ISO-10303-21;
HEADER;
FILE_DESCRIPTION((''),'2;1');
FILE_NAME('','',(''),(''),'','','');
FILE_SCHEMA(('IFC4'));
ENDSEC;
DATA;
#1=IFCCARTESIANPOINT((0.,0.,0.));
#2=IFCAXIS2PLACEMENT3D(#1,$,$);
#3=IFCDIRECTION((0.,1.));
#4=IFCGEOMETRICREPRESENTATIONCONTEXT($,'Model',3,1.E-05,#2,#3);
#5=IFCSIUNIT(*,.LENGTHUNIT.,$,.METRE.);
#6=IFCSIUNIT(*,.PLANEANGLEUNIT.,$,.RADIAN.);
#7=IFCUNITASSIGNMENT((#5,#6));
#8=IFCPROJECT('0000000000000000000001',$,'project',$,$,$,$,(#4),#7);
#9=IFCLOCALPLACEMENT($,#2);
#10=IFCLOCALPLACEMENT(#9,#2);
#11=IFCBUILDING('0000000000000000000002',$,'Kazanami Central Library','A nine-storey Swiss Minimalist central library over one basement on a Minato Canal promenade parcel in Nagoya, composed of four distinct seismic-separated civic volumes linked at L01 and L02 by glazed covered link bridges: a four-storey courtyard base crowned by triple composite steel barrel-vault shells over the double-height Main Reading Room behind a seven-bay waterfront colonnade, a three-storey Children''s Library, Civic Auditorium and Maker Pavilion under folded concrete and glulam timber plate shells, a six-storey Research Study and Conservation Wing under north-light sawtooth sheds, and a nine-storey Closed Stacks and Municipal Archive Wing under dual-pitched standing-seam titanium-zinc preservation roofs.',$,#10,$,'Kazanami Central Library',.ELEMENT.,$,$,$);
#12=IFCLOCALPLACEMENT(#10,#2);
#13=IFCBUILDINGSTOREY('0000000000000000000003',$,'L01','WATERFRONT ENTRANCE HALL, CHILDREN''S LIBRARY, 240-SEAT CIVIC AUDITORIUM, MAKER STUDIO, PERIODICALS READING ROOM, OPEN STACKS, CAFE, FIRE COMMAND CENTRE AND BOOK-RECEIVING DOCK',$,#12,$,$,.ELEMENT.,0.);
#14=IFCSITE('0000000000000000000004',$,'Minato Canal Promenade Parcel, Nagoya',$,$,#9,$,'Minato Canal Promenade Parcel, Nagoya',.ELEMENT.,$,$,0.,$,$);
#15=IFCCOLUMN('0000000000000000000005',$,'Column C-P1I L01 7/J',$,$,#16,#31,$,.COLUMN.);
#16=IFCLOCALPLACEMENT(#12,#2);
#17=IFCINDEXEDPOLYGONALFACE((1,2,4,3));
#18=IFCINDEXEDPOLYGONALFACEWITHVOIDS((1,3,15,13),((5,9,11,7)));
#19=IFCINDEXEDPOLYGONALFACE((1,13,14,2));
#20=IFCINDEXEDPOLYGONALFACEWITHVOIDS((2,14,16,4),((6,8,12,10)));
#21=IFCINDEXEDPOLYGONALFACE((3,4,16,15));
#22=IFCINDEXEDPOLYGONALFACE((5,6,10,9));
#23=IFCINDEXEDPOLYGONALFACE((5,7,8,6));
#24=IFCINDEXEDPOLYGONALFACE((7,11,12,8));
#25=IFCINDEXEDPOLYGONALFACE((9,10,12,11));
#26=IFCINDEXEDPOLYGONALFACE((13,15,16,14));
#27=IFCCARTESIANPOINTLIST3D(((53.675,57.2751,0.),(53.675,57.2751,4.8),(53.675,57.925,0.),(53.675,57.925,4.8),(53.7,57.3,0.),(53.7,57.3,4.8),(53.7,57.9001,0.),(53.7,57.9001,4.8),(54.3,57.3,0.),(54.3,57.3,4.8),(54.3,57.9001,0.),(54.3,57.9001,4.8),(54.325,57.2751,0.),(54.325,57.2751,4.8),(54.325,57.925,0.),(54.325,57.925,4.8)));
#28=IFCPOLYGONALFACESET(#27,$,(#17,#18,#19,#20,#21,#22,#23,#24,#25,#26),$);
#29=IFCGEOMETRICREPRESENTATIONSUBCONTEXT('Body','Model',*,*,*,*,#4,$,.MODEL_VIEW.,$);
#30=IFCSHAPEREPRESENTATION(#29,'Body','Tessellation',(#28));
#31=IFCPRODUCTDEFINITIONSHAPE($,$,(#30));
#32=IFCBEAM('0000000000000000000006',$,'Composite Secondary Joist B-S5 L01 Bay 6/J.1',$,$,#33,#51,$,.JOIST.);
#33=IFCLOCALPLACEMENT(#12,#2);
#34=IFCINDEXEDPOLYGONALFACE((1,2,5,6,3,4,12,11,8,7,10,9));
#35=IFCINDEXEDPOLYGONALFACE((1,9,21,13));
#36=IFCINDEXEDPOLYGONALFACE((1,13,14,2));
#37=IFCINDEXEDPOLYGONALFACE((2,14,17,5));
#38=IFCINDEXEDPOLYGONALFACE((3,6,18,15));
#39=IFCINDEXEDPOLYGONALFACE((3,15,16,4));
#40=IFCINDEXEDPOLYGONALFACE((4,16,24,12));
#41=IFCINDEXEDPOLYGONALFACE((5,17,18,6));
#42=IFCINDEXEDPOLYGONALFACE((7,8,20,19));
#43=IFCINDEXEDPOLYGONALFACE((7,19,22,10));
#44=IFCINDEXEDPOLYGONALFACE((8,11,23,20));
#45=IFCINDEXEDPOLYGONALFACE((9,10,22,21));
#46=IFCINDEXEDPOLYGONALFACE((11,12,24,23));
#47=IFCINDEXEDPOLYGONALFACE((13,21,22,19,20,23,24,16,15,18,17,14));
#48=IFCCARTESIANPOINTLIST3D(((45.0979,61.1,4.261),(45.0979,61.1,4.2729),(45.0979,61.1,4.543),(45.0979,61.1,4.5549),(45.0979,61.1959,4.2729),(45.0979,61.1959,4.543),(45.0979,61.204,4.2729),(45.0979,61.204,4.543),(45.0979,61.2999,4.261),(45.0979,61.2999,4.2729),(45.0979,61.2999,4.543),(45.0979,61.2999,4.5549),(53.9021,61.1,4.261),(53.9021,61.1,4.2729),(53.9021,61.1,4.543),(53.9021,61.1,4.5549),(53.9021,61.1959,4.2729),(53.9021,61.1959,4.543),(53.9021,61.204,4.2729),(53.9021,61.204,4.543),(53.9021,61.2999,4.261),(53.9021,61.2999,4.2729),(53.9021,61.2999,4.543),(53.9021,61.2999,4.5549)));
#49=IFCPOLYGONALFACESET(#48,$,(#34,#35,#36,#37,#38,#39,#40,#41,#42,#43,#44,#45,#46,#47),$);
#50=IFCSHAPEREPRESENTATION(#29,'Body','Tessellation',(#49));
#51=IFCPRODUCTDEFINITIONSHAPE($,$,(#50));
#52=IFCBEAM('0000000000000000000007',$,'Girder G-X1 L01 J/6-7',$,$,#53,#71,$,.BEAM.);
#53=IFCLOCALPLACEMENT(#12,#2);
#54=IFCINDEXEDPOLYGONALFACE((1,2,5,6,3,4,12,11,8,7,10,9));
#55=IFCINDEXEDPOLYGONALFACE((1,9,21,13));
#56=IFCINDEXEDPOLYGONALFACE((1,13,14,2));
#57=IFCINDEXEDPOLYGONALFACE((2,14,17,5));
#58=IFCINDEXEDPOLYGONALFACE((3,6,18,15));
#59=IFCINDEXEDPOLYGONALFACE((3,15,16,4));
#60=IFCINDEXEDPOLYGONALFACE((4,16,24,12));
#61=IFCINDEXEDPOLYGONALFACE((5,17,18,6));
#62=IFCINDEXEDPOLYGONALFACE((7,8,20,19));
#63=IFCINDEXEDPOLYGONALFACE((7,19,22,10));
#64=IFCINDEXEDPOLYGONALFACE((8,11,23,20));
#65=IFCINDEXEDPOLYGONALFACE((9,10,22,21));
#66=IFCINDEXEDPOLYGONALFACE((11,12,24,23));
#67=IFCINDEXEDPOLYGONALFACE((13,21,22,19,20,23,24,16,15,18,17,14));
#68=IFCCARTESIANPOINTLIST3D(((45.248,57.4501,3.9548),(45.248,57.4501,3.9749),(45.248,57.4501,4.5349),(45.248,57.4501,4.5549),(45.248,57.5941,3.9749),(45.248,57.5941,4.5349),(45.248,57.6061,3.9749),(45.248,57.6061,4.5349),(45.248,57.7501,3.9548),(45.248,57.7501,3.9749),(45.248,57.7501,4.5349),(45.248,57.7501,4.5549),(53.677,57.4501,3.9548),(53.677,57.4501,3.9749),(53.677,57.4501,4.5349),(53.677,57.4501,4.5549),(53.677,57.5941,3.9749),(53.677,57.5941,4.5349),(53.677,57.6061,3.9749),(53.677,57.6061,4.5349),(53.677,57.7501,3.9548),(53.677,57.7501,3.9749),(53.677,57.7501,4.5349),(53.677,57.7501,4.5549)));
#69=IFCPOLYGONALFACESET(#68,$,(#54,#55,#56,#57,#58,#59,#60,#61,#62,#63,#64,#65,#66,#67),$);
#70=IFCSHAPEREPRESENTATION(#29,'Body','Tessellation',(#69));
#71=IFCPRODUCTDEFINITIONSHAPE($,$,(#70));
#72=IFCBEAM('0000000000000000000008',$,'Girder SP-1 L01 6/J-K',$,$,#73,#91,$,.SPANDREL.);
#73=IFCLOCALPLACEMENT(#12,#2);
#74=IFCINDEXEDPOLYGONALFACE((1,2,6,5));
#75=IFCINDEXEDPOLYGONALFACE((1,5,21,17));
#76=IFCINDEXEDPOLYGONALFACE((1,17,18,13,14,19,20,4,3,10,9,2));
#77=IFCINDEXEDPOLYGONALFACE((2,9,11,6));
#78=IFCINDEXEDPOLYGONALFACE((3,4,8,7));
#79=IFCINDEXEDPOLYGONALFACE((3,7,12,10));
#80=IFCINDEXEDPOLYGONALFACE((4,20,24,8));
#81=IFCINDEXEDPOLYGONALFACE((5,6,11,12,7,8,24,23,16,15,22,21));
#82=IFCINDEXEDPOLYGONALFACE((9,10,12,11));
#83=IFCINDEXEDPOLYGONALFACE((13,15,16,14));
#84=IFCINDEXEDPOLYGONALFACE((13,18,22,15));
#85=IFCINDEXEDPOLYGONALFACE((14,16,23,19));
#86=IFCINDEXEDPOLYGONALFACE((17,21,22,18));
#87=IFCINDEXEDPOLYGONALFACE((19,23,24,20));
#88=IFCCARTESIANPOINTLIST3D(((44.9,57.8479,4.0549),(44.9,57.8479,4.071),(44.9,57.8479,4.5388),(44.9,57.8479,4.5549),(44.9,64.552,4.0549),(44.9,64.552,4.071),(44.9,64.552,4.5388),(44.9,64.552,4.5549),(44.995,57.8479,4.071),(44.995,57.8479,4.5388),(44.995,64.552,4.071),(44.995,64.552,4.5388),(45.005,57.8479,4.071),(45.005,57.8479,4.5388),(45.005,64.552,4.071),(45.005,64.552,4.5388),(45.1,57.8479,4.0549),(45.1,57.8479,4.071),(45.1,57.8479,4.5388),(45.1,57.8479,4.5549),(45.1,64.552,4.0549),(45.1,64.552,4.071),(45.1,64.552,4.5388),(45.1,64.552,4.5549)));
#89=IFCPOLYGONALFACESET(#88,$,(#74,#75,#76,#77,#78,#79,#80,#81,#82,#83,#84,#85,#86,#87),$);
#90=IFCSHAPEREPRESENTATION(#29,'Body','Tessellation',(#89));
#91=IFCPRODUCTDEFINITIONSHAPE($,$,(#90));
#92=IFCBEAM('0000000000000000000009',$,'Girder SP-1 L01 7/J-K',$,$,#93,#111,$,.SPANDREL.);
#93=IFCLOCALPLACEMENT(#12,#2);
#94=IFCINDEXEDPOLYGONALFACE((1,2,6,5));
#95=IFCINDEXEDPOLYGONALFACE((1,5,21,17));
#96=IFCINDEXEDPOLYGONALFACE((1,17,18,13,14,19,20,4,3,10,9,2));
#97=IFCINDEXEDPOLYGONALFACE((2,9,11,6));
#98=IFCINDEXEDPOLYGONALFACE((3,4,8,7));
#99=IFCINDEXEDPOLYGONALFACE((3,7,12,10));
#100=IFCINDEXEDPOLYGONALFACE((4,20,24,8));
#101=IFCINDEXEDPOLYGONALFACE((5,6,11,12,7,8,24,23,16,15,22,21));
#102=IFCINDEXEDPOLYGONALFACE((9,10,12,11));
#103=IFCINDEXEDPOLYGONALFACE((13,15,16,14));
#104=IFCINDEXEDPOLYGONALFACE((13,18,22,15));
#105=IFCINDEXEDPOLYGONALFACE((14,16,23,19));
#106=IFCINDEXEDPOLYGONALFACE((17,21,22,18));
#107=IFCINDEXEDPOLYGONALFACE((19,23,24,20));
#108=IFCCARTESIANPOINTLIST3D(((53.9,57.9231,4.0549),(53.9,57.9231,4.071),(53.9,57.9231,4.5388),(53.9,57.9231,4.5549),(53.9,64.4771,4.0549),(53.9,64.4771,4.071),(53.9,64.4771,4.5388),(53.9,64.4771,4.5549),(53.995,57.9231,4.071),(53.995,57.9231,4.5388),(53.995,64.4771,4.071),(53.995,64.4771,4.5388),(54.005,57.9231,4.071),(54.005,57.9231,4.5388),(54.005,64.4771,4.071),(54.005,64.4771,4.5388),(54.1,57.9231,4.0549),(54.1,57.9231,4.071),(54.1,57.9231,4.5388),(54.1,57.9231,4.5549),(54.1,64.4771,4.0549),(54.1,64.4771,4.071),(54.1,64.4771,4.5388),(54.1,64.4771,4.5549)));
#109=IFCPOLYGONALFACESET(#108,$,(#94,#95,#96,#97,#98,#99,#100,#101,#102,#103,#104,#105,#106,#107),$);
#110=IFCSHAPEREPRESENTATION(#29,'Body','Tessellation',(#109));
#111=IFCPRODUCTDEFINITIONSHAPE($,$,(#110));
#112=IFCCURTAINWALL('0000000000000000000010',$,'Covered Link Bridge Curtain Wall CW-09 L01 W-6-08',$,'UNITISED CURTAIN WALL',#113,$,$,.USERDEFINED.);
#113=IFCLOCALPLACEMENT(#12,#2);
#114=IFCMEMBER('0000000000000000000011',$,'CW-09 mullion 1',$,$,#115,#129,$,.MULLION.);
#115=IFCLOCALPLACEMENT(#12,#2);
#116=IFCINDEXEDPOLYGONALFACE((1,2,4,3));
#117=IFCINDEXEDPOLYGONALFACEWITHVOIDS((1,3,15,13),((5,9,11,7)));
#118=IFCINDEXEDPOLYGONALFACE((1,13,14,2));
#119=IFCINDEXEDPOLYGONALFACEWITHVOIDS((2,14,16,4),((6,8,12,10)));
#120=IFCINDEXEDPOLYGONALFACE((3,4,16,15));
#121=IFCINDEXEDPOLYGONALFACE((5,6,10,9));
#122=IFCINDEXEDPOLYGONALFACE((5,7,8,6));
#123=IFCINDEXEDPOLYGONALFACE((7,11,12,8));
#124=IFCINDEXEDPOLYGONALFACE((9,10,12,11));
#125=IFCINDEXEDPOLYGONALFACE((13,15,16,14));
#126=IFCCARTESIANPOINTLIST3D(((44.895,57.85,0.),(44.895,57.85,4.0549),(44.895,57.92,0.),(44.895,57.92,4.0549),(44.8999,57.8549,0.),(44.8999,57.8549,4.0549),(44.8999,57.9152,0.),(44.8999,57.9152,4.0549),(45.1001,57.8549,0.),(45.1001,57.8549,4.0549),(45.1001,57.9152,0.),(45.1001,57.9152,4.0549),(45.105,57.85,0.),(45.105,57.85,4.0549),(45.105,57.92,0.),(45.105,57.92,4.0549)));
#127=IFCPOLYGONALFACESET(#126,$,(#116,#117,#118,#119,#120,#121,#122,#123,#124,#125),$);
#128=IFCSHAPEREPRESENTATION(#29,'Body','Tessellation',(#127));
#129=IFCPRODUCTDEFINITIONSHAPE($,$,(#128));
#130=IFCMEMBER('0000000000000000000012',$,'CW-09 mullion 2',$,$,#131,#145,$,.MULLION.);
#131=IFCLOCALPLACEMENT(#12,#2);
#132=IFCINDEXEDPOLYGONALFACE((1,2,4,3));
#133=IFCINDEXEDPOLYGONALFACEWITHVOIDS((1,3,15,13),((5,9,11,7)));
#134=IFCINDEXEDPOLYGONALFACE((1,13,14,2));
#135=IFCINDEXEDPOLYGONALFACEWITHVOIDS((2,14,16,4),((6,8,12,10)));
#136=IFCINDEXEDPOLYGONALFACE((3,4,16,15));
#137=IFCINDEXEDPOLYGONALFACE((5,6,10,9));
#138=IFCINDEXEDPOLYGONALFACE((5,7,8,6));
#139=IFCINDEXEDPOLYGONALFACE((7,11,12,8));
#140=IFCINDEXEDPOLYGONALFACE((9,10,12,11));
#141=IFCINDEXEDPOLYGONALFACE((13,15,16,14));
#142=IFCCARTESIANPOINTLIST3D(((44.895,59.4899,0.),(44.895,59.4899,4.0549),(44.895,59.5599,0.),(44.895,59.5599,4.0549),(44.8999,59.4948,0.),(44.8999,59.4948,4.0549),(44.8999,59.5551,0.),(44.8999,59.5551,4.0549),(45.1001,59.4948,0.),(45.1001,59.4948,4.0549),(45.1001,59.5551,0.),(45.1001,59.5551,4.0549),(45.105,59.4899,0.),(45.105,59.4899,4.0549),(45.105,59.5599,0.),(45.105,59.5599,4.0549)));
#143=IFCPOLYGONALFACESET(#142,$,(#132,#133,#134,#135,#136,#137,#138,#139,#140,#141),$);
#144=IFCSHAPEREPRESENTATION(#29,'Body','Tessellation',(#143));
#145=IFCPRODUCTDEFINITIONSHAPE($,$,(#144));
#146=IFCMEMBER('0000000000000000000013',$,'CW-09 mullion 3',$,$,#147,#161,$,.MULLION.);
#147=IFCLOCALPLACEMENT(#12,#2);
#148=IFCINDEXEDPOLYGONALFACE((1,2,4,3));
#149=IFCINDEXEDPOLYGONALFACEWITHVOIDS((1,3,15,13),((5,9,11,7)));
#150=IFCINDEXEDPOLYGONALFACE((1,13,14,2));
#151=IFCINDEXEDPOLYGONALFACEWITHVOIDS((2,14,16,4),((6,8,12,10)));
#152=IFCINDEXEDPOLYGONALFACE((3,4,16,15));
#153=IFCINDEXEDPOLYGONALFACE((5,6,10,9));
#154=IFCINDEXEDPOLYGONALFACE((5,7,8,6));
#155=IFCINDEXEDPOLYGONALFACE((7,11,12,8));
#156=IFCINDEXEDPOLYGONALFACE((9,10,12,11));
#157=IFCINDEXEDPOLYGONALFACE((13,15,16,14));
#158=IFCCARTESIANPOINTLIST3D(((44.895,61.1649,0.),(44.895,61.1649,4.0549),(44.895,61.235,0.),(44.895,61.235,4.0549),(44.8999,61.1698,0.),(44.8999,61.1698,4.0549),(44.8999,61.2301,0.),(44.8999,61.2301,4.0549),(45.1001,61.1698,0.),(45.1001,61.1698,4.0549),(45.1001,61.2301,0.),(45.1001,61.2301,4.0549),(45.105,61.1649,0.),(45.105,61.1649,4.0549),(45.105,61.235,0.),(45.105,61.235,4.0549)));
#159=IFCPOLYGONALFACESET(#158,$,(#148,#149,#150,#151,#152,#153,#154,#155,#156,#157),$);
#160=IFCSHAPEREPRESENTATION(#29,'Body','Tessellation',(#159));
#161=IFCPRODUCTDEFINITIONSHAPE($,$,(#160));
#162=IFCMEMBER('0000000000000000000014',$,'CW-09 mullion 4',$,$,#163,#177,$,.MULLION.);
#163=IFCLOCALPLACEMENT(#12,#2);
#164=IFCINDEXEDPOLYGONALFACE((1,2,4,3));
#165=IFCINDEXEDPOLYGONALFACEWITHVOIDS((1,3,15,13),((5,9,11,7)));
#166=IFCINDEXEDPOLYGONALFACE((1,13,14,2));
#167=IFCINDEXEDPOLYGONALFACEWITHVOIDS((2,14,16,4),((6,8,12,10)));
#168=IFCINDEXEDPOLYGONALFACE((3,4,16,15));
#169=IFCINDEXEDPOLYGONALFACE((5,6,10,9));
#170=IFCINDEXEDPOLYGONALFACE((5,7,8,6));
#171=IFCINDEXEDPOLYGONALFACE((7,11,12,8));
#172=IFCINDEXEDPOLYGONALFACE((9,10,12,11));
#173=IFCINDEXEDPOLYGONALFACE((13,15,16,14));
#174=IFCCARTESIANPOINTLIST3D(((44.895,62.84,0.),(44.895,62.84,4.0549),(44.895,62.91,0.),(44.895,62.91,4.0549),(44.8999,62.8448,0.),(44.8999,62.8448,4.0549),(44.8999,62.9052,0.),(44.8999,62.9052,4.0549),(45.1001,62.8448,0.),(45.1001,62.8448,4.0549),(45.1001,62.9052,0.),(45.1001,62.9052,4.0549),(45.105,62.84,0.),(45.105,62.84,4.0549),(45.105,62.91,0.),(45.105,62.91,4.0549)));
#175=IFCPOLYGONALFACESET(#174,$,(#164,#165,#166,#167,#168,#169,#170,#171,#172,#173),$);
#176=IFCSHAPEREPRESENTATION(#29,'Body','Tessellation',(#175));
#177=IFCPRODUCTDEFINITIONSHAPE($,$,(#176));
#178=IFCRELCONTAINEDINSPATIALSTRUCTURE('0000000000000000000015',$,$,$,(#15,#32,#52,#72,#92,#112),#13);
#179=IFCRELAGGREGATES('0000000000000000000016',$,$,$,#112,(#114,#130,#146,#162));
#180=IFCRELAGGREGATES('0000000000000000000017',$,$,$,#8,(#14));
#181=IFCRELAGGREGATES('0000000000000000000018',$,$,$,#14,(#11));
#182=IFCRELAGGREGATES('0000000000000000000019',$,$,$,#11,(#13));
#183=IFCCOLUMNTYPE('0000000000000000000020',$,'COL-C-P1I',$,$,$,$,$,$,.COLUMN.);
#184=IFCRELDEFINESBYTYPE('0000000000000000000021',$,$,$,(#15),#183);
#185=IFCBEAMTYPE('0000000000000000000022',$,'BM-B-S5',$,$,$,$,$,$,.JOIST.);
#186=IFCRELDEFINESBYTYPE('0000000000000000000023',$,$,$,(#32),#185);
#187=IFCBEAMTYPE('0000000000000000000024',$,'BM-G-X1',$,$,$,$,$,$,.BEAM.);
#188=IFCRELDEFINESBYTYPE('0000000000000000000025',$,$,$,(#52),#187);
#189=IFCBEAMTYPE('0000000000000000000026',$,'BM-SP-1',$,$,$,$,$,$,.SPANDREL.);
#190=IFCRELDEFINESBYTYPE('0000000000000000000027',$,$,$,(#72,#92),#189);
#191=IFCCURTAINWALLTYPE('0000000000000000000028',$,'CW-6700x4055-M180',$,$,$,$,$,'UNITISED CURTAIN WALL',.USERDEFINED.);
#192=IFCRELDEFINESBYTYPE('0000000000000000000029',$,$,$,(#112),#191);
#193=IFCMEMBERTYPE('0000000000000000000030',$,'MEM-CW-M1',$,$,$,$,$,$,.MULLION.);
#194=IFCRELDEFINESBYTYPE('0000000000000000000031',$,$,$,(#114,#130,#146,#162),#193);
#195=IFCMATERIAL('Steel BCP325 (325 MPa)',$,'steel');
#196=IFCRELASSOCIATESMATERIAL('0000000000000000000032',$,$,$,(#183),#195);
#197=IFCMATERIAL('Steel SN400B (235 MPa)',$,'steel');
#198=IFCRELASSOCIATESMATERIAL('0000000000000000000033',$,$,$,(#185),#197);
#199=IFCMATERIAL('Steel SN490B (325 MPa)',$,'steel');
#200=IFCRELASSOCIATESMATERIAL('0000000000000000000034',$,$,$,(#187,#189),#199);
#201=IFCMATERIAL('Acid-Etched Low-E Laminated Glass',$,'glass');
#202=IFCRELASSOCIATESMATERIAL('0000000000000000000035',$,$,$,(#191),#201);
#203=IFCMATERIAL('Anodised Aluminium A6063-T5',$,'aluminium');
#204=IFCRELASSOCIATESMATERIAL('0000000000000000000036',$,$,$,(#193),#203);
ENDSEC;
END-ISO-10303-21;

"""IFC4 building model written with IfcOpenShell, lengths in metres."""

from ifc_helpers import new_model, si_unit, direction, frame, origin, origin_2d, place, context, subcontext, project, spatial, hollow_rectangle, i_section, extrude, material, material_profile, profile_set, type_object, element, aggregate, save


model = new_model("IFC4")

# Units and contexts
model_context = context("Model", 3, precision=1e-05, world=origin(), true_north=direction((0.0, 1.0)))
body_context = subcontext(model_context, "Body", "Model", "MODEL_VIEW")
ifc_project = project(units=[si_unit("LENGTHUNIT", "METRE"), si_unit("PLANEANGLEUNIT", "RADIAN")], contexts=[model_context])

# Site, building, storey
site_placement = place(None, origin())
site = spatial("IfcSite", under=ifc_project, at=site_placement, Name="Minato Canal Promenade Parcel, Nagoya", LongName="Minato Canal Promenade Parcel, Nagoya", CompositionType="ELEMENT", RefElevation=0.0)
building_placement = place(site_placement, origin())
building = spatial("IfcBuilding", under=site, at=building_placement, Name="Kazanami Central Library", Description="A nine-storey Swiss Minimalist central library over one basement on a Minato Canal promenade parcel in Nagoya, composed of four distinct seismic-separated civic volumes linked at L01 and L02 by glazed covered link bridges: a four-storey courtyard base crowned by triple composite steel barrel-vault shells over the double-height Main Reading Room behind a seven-bay waterfront colonnade, a three-storey Children's Library, Civic Auditorium and Maker Pavilion under folded concrete and glulam timber plate shells, a six-storey Research Study and Conservation Wing under north-light sawtooth sheds, and a nine-storey Closed Stacks and Municipal Archive Wing under dual-pitched standing-seam titanium-zinc preservation roofs.", LongName="Kazanami Central Library", CompositionType="ELEMENT")
storey_placement = place(building_placement, origin())
storey = spatial("IfcBuildingStorey", under=building, at=storey_placement, Name="L01", Description="WATERFRONT ENTRANCE HALL, CHILDREN'S LIBRARY, 240-SEAT CIVIC AUDITORIUM, MAKER STUDIO, PERIODICALS READING ROOM, OPEN STACKS, CAFE, FIRE COMMAND CENTRE AND BOOK-RECEIVING DOCK", CompositionType="ELEMENT", Elevation=0.0)

# Column
ifc_material_1 = material(Name="Steel BCP325 (325 MPa)", Category="steel")
ifc_material_profile_1 = material_profile(ifc_material_1, hollow_rectangle(XDim=0.6499, YDim=0.6499, WallThickness=0.0249, at=origin_2d()), Name="BCP-650x650x25")
ifc_profile_set_1 = profile_set([ifc_material_profile_1], Name="Steel BCP325 (325 MPa)")
column_type = type_object("IfcColumnType", Name="COL-C-P1I", PredefinedType="COLUMN", material=ifc_profile_set_1)
column_placement = place(storey_placement, frame((54.0, 57.6001, 0.0), z_axis=(0.0, 0.0, 1.0), x_axis=(1.0, 0.0, 0.0)))
element("IfcColumn", 1, at=column_placement, inside=storey, type_object=column_type, Name="Column C-P1I L01 7/J", PredefinedType="COLUMN", context=body_context, shape_type="SweptSolid", body=[
    extrude(hollow_rectangle(XDim=0.6499, YDim=0.6499, WallThickness=0.0249, at=origin_2d()), origin(), (0.0, 0.0, 1.0), 4.8),
])

# Beams
ifc_material_2 = material(Name="Steel SN400B (235 MPa)", Category="steel")
ifc_material_profile_2 = material_profile(ifc_material_2, i_section(OverallWidth=0.2, OverallDepth=0.2939, WebThickness=0.0081, FlangeThickness=0.012, at=origin_2d()), Name="H-294x200x8x12")
ifc_profile_set_2 = profile_set([ifc_material_profile_2], Name="Steel SN400B (235 MPa)")
beam_type_1 = type_object("IfcBeamType", Name="BM-B-S5", PredefinedType="JOIST", material=ifc_profile_set_2)
beam_1_placement = place(storey_placement, frame((45.0979, 61.2, 4.408), z_axis=(1.0, 0.0, 0.0), x_axis=(0.0, 1.0, 0.0)))
element("IfcBeam", 2, at=beam_1_placement, inside=storey, type_object=beam_type_1, Name="Composite Secondary Joist B-S5 L01 Bay 6/J.1", PredefinedType="JOIST", context=body_context, shape_type="SweptSolid", body=[
    extrude(i_section(OverallWidth=0.2, OverallDepth=0.2939, WebThickness=0.0081, FlangeThickness=0.012, at=origin_2d()), origin(), (0.0, 0.0, 1.0), 8.8042),
])
ifc_material_3 = material(Name="Steel SN490B (325 MPa)", Category="steel")
ifc_material_profile_3 = material_profile(ifc_material_3, i_section(OverallWidth=0.3, OverallDepth=0.6001, WebThickness=0.012, FlangeThickness=0.02, at=origin_2d()), Name="H-600x300x12x20")
ifc_profile_set_3 = profile_set([ifc_material_profile_3], Name="Steel SN490B (325 MPa)")
beam_type_2 = type_object("IfcBeamType", Name="BM-G-X1", PredefinedType="BEAM", material=ifc_profile_set_3)
beam_2_placement = place(storey_placement, frame((45.248, 57.6001, 4.2549), z_axis=(1.0, 0.0, 0.0), x_axis=(0.0, 1.0, 0.0)))
element("IfcBeam", 3, at=beam_2_placement, inside=storey, type_object=beam_type_2, Name="Girder G-X1 L01 J/6-7", PredefinedType="BEAM", context=body_context, shape_type="SweptSolid", body=[
    extrude(i_section(OverallWidth=0.3, OverallDepth=0.6001, WebThickness=0.012, FlangeThickness=0.02, at=origin_2d()), origin(), (0.0, 0.0, 1.0), 8.429),
])
ifc_material_profile_4 = material_profile(ifc_material_3, i_section(OverallWidth=0.2, OverallDepth=0.5, WebThickness=0.01, FlangeThickness=0.0161, at=origin_2d()), Name="H-500x200x10x16")
ifc_profile_set_4 = profile_set([ifc_material_profile_4], Name="Steel SN490B (325 MPa)")
beam_type_3 = type_object("IfcBeamType", Name="BM-SP-1", PredefinedType="SPANDREL", material=ifc_profile_set_4)
beam_3_placement = place(storey_placement, frame((45.0, 57.8479, 4.3049), z_axis=(0.0, 1.0, 0.0), x_axis=(-1.0, 0.0, 0.0)))
element("IfcBeam", 4, at=beam_3_placement, inside=storey, type_object=beam_type_3, Name="Girder SP-1 L01 6/J-K", PredefinedType="SPANDREL", context=body_context, shape_type="SweptSolid", body=[
    extrude(i_section(OverallWidth=0.2, OverallDepth=0.5, WebThickness=0.01, FlangeThickness=0.0161, at=origin_2d()), origin(), (0.0, 0.0, 1.0), 6.7041),
])
beam_4_placement = place(storey_placement, frame((54.0, 57.9231, 4.3049), z_axis=(0.0, 1.0, 0.0), x_axis=(-1.0, 0.0, 0.0)))
element("IfcBeam", 5, at=beam_4_placement, inside=storey, type_object=beam_type_3, Name="Girder SP-1 L01 7/J-K", PredefinedType="SPANDREL", context=body_context, shape_type="SweptSolid", body=[
    extrude(i_section(OverallWidth=0.2, OverallDepth=0.5, WebThickness=0.01, FlangeThickness=0.0161, at=origin_2d()), origin(), (0.0, 0.0, 1.0), 6.554),
])

# Curtain wall, members
ifc_material_4 = material(Name="Acid-Etched Low-E Laminated Glass", Category="glass")
curtain_wall_type_1 = type_object("IfcCurtainWallType", Name="CW-6700x4055-M180", ElementType="UNITISED CURTAIN WALL", PredefinedType="USERDEFINED", material=ifc_material_4)
curtain_wall_1_placement = place(storey_placement, origin())
curtain_wall_1 = element("IfcCurtainWall", 6, at=curtain_wall_1_placement, inside=storey, type_object=curtain_wall_type_1, Name="Covered Link Bridge Curtain Wall CW-09 L01 W-6-08", ObjectType="UNITISED CURTAIN WALL", PredefinedType="USERDEFINED")
ifc_material_5 = material(Name="Anodised Aluminium A6063-T5", Category="aluminium")
ifc_material_profile_5 = material_profile(ifc_material_5, hollow_rectangle(XDim=0.0701, YDim=0.21, WallThickness=0.0049, at=origin_2d()), Name="ALU-MULL-70x210x5")
ifc_profile_set_5 = profile_set([ifc_material_profile_5], Name="Anodised Aluminium A6063-T5")
member_type_1 = type_object("IfcMemberType", Name="MEM-CW-M1", PredefinedType="MULLION", material=ifc_profile_set_5)
member_1_placement = place(storey_placement, frame((45.0, 57.885, 0.0), z_axis=(0.0, 0.0, 1.0), x_axis=(0.0, 1.0, 0.0)))
member_1 = element("IfcMember", 7, at=member_1_placement, type_object=member_type_1, Name="CW-09 mullion 1", PredefinedType="MULLION", context=body_context, shape_type="SweptSolid", body=[
    extrude(hollow_rectangle(XDim=0.0701, YDim=0.21, WallThickness=0.0049, at=origin_2d()), origin(), (0.0, 0.0, 1.0), 4.0549),
])
member_2_placement = place(storey_placement, frame((45.0, 59.5249, 0.0), z_axis=(0.0, 0.0, 1.0), x_axis=(0.0, 1.0, 0.0)))
member_2 = element("IfcMember", 8, at=member_2_placement, type_object=member_type_1, Name="CW-09 mullion 2", PredefinedType="MULLION", context=body_context, shape_type="SweptSolid", body=[
    extrude(hollow_rectangle(XDim=0.0701, YDim=0.21, WallThickness=0.0049, at=origin_2d()), origin(), (0.0, 0.0, 1.0), 4.0549),
])
member_3_placement = place(storey_placement, frame((45.0, 61.2, 0.0), z_axis=(0.0, 0.0, 1.0), x_axis=(0.0, 1.0, 0.0)))
member_3 = element("IfcMember", 9, at=member_3_placement, type_object=member_type_1, Name="CW-09 mullion 3", PredefinedType="MULLION", context=body_context, shape_type="SweptSolid", body=[
    extrude(hollow_rectangle(XDim=0.0701, YDim=0.21, WallThickness=0.0049, at=origin_2d()), origin(), (0.0, 0.0, 1.0), 4.0549),
])
member_4_placement = place(storey_placement, frame((45.0, 62.875, 0.0), z_axis=(0.0, 0.0, 1.0), x_axis=(0.0, 1.0, 0.0)))
member_4 = element("IfcMember", 10, at=member_4_placement, type_object=member_type_1, Name="CW-09 mullion 4", PredefinedType="MULLION", context=body_context, shape_type="SweptSolid", body=[
    extrude(hollow_rectangle(XDim=0.0701, YDim=0.21, WallThickness=0.0049, at=origin_2d()), origin(), (0.0, 0.0, 1.0), 4.0549),
])

aggregate(curtain_wall_1, [member_1, member_2, member_3, member_4])

save(model, "model.ifc")
